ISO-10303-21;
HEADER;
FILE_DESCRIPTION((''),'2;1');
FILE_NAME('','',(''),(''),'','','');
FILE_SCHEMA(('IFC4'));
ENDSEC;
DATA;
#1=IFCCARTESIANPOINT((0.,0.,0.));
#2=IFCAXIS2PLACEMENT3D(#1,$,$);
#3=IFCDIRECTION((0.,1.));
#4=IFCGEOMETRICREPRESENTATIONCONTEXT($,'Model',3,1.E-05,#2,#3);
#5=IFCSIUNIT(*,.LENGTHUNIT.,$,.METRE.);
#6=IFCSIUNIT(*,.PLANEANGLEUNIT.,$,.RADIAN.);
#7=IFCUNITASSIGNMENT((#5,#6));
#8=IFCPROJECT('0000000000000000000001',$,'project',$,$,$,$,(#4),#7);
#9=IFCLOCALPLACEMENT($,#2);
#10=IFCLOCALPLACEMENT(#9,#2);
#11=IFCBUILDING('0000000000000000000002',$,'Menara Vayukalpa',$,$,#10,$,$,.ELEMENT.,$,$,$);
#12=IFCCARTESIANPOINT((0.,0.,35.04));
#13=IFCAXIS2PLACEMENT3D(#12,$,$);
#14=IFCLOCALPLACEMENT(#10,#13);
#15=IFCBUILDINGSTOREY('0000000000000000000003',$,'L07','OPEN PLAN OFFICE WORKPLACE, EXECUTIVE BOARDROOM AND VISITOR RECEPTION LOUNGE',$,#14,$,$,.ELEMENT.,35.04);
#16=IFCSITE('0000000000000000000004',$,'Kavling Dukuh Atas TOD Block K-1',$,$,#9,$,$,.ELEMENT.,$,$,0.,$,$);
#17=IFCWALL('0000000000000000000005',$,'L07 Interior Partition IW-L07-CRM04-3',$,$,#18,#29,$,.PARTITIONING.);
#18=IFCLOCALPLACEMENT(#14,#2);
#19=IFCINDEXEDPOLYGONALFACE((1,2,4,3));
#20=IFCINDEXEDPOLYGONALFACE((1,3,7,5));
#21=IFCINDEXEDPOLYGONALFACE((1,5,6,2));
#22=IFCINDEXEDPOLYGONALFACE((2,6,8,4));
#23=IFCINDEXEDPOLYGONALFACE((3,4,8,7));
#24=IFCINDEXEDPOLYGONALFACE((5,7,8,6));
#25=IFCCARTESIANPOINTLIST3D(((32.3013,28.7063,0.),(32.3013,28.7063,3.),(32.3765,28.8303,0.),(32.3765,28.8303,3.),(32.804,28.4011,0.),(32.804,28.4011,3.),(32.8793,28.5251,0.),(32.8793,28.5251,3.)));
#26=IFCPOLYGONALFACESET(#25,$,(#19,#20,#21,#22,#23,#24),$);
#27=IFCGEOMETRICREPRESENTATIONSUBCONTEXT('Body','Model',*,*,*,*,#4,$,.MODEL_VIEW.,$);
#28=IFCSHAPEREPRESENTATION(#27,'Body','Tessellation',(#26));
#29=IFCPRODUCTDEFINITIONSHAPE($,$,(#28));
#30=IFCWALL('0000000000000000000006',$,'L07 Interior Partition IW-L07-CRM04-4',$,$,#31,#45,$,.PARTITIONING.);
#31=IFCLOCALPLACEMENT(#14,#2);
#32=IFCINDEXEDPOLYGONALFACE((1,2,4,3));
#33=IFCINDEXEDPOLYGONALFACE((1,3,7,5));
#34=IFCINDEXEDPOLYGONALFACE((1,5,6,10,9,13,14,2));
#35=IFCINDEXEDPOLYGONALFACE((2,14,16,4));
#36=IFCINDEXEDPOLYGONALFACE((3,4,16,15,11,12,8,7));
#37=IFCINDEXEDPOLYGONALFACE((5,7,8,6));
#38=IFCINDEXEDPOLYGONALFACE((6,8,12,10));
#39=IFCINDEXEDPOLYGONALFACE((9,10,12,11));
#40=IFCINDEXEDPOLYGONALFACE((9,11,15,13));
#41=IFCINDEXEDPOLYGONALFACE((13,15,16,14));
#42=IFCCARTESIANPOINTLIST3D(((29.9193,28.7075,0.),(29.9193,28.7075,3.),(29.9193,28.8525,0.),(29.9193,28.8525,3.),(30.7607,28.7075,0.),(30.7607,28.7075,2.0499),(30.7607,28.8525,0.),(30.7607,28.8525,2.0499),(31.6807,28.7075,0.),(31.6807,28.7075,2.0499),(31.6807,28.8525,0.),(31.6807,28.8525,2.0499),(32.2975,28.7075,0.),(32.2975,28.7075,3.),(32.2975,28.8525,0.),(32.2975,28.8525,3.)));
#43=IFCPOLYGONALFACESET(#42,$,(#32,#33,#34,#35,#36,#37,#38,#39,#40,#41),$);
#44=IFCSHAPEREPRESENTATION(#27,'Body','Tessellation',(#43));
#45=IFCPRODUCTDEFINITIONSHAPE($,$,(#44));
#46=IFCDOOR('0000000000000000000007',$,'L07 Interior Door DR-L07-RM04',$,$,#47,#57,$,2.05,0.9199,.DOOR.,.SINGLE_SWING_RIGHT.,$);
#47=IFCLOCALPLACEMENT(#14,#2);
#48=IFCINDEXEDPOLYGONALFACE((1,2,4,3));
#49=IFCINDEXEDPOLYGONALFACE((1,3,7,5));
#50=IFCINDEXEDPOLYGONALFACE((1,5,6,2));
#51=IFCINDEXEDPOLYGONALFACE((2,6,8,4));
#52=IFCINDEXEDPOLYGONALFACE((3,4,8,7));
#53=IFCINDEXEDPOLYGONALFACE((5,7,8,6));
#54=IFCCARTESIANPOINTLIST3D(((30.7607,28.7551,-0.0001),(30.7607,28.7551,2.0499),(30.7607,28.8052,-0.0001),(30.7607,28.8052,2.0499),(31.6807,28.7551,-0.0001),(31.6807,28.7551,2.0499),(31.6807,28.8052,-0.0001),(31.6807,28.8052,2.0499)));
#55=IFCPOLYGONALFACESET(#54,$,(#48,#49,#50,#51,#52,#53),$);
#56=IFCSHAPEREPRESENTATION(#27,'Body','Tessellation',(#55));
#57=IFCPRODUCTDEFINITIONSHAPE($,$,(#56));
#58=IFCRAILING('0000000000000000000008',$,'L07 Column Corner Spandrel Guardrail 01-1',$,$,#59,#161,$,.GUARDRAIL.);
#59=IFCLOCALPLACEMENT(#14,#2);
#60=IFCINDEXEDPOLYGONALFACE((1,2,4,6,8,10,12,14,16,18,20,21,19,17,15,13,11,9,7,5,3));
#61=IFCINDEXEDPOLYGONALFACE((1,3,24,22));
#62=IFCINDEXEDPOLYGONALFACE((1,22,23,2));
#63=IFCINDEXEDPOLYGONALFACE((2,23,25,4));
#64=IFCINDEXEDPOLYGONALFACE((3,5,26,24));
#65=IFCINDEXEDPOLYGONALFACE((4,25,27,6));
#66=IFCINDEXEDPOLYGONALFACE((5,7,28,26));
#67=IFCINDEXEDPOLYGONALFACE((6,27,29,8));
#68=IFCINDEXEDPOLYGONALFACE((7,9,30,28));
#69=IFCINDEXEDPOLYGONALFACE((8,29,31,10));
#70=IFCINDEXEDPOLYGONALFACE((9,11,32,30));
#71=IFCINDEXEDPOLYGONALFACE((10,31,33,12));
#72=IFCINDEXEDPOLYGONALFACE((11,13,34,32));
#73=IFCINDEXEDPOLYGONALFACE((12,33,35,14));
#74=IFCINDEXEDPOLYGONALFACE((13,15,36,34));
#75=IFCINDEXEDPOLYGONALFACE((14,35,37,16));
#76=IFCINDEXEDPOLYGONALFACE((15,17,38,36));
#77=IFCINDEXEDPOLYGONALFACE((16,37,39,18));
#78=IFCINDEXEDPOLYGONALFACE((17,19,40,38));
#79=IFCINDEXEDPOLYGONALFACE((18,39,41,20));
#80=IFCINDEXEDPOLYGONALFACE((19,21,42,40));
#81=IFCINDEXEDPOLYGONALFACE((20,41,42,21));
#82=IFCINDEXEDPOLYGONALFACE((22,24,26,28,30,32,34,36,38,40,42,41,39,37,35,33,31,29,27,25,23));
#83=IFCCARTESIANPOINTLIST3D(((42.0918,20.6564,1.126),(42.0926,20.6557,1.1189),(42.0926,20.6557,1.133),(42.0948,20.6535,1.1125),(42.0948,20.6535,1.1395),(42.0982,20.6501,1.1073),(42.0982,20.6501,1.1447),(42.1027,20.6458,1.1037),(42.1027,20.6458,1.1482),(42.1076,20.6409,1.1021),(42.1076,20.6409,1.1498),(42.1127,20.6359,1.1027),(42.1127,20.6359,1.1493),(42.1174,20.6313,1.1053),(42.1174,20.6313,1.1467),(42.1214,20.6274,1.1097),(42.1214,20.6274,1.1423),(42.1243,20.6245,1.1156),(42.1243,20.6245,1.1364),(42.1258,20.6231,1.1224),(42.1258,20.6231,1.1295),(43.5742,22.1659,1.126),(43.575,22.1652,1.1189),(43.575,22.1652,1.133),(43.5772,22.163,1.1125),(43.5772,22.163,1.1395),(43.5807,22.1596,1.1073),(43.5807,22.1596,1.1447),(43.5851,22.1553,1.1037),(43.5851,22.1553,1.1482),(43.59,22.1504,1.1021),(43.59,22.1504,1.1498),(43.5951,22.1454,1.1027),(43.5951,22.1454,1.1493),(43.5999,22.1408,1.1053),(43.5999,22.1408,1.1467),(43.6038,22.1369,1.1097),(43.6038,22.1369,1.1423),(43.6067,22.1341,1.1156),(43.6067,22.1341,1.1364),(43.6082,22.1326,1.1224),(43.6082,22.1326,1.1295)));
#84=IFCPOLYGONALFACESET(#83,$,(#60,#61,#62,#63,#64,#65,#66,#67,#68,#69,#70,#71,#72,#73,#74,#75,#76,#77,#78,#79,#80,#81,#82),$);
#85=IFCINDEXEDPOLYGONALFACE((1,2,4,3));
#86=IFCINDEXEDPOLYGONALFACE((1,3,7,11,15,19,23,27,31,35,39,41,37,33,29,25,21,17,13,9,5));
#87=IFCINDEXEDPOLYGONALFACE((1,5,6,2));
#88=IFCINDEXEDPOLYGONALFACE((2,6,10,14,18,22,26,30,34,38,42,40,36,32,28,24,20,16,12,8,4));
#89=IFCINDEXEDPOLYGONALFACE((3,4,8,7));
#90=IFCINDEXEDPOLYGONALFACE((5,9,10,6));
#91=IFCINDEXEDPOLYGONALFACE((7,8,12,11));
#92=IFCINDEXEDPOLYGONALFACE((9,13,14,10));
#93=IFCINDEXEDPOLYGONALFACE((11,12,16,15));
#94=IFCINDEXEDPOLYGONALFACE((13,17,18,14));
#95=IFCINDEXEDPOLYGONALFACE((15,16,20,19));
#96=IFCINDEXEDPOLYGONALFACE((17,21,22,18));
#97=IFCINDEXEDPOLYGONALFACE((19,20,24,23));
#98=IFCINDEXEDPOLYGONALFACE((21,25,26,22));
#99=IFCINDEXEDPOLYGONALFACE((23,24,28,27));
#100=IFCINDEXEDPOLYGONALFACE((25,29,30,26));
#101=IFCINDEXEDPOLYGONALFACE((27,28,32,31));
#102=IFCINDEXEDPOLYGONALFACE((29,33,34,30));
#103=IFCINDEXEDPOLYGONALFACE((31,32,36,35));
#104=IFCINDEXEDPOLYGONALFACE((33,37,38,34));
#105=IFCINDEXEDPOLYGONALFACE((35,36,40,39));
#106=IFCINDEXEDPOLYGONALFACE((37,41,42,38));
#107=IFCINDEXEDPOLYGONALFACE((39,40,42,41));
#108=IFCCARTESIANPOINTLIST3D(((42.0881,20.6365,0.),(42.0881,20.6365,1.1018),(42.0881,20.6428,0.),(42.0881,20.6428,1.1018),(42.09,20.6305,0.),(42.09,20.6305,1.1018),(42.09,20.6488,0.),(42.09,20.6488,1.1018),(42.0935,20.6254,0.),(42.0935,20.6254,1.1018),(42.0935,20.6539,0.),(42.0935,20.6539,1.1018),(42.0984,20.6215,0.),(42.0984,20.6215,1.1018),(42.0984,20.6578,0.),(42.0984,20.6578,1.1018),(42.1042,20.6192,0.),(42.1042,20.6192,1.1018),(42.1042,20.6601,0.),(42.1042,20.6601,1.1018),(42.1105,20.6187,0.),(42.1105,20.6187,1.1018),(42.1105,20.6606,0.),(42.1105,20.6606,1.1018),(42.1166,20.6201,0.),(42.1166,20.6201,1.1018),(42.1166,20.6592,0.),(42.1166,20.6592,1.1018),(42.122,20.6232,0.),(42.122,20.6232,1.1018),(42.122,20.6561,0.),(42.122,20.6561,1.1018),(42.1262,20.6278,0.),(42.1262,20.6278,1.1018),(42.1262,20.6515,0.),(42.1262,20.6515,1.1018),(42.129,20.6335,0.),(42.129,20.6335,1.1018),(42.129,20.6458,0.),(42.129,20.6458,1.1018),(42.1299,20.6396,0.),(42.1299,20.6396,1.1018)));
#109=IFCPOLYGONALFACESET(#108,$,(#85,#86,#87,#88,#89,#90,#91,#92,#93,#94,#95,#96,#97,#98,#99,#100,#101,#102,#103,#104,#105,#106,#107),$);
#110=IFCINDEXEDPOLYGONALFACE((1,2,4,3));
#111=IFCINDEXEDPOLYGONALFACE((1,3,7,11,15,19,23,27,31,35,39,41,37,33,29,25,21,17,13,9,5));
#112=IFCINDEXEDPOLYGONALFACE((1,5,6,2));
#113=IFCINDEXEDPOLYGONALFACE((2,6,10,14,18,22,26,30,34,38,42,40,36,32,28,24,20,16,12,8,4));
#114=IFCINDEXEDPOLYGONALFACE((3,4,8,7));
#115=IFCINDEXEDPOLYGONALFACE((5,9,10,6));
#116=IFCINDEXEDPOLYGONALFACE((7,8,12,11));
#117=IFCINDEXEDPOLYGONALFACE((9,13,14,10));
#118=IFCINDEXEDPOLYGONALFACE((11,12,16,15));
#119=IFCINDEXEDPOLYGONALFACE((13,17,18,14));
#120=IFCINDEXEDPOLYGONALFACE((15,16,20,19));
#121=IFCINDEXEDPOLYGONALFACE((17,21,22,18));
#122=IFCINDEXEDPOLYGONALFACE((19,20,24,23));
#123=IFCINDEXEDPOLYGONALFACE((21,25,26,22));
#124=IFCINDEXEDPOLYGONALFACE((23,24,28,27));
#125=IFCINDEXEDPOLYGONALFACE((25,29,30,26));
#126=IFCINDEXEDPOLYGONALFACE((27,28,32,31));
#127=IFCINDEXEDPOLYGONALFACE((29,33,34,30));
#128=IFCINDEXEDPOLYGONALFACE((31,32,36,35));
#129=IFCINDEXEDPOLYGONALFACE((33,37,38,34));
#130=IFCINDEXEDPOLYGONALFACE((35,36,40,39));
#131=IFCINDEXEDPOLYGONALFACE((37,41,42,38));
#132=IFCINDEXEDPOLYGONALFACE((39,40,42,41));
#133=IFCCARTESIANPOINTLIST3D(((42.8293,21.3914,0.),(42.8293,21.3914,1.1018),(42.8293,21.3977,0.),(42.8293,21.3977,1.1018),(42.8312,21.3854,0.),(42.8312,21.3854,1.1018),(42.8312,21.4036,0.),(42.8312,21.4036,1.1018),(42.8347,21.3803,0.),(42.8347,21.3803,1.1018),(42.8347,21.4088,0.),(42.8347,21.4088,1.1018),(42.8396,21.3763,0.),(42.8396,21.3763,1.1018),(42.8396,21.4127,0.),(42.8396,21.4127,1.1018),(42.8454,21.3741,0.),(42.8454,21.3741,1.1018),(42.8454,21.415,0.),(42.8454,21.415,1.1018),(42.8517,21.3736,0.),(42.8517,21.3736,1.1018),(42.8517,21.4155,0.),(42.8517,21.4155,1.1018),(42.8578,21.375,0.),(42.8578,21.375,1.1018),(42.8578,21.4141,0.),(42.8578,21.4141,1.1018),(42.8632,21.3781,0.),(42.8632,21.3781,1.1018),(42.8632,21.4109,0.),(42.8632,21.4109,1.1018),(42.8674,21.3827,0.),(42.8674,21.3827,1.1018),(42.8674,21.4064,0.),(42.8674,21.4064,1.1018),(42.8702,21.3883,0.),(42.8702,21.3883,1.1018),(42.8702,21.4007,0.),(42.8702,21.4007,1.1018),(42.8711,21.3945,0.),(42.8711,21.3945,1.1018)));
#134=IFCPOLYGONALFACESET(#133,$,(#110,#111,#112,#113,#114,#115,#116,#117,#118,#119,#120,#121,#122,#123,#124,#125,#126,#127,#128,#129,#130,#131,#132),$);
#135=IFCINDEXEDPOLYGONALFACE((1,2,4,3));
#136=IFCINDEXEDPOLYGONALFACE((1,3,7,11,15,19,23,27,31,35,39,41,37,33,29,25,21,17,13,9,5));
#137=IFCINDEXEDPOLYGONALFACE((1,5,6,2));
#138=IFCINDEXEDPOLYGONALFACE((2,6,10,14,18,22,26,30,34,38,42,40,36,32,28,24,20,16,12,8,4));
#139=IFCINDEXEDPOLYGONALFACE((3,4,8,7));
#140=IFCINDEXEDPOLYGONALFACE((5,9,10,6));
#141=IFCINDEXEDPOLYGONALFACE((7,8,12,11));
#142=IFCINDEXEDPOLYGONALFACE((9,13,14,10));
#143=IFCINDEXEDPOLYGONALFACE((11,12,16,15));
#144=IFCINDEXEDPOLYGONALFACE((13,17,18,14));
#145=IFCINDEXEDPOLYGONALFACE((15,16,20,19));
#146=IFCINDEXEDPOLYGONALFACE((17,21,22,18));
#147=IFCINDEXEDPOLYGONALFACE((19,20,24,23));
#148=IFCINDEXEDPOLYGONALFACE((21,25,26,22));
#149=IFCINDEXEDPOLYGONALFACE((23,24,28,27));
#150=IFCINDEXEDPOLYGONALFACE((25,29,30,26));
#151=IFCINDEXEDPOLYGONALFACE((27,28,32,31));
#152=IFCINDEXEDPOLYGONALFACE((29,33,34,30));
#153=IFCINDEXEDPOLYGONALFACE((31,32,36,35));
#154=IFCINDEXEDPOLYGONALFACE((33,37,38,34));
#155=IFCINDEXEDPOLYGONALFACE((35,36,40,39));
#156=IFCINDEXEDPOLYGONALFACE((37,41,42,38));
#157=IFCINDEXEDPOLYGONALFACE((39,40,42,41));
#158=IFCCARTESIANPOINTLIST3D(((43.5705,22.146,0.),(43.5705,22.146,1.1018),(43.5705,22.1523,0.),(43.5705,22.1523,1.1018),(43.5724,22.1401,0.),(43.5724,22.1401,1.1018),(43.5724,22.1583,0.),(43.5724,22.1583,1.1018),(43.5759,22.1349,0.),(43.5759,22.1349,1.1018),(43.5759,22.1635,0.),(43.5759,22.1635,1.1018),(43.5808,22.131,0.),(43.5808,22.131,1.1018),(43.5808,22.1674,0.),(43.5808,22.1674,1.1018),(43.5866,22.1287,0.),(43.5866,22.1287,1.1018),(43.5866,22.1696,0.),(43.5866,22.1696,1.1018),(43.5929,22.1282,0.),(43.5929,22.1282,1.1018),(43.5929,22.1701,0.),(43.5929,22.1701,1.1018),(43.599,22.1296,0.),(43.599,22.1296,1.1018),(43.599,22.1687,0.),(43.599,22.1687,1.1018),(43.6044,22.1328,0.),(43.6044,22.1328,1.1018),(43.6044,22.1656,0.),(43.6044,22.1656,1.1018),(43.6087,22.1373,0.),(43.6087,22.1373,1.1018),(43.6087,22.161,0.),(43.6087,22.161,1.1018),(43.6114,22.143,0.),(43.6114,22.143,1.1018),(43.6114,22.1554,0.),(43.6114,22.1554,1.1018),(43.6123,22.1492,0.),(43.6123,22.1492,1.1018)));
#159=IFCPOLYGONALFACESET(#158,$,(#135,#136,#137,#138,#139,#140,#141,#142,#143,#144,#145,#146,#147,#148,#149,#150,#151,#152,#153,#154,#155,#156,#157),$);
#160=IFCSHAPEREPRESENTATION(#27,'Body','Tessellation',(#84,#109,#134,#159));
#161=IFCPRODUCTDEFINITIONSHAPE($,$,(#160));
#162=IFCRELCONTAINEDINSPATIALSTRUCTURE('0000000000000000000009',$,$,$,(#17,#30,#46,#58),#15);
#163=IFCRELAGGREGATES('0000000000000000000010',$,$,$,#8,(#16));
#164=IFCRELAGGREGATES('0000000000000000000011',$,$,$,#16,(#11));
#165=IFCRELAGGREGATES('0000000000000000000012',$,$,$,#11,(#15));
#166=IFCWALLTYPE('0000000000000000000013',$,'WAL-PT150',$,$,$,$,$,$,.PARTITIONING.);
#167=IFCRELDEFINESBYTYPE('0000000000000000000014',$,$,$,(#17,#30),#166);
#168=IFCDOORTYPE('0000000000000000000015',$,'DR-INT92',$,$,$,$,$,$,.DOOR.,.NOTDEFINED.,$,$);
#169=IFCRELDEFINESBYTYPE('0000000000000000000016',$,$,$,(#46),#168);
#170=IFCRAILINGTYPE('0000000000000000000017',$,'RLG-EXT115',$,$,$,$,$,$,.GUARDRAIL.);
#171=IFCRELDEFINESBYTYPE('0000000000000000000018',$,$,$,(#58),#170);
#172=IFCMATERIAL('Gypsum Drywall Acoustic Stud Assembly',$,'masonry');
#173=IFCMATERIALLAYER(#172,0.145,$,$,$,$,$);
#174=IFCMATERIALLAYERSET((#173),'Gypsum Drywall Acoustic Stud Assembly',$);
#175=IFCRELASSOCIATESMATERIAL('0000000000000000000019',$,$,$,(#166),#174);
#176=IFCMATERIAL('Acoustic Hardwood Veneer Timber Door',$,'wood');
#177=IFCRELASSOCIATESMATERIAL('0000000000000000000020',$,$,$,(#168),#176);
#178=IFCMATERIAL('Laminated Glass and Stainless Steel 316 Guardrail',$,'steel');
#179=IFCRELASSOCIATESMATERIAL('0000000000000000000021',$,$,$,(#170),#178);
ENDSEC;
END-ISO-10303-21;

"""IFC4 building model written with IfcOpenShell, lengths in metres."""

from ifc_helpers import new_model, si_unit, direction, frame, frame_2d, origin, origin_2d, place, context, subcontext, project, spatial, rectangle, circle, extrude, material, layer, layer_set, type_object, element, fill, save


model = new_model("IFC4")

# Units and contexts
model_context = context("Model", 3, precision=1e-05, world=origin(), true_north=direction((0.0, 1.0)))
body_context = subcontext(model_context, "Body", "Model", "MODEL_VIEW")
ifc_project = project(units=[si_unit("LENGTHUNIT", "METRE"), si_unit("PLANEANGLEUNIT", "RADIAN")], contexts=[model_context])

# Site, building, storey
site_placement = place(None, origin())
site = spatial("IfcSite", under=ifc_project, at=site_placement, Name="Kavling Dukuh Atas TOD Block K-1", CompositionType="ELEMENT", RefElevation=0.0)
building_placement = place(site_placement, origin())
building = spatial("IfcBuilding", under=site, at=building_placement, Name="Menara Vayukalpa", CompositionType="ELEMENT")
storey_placement = place(building_placement, frame((0.0, 0.0, 35.04)))
storey = spatial("IfcBuildingStorey", under=building, at=storey_placement, Name="L07", Description="OPEN PLAN OFFICE WORKPLACE, EXECUTIVE BOARDROOM AND VISITOR RECEPTION LOUNGE", CompositionType="ELEMENT", Elevation=35.04)

# Wall
ifc_material_1 = material(Name="Gypsum Drywall Acoustic Stud Assembly", Category="masonry")
ifc_layer_1 = layer(ifc_material_1, 0.145)
ifc_layer_set_1 = layer_set([ifc_layer_1], Name="Gypsum Drywall Acoustic Stud Assembly")
wall_type_1 = type_object("IfcWallType", Name="WAL-PT150", PredefinedType="PARTITIONING", material=ifc_layer_set_1)
wall_1_placement = place(storey_placement, frame((32.8416, 28.4631, 0.0), z_axis=(0.0, 0.0, 1.0), x_axis=(-0.854807, 0.518946, 0.0)))
element("IfcWall", 1, at=wall_1_placement, inside=storey, type_object=wall_type_1, Name="L07 Interior Partition IW-L07-CRM04-3", PredefinedType="PARTITIONING", context=body_context, shape_type="SweptSolid", body=[
    extrude(rectangle(XDim=0.5881, YDim=0.145, at=frame_2d((0.2939, 0.0))), origin(), (0.0, 0.0, 1.0), 3.0),
])

# Wall, opening, door
wall_2_placement = place(storey_placement, frame((32.2974, 28.78, 0.0), z_axis=(0.0, 0.0, 1.0), x_axis=(-1.0, 0.0, 0.0)))
wall_2 = element("IfcWall", 2, at=wall_2_placement, inside=storey, type_object=wall_type_1, Name="L07 Interior Partition IW-L07-CRM04-4", PredefinedType="PARTITIONING", context=body_context, shape_type="SweptSolid", body=[
    extrude(rectangle(XDim=2.3782, YDim=0.145, at=frame_2d((1.189, 0.0))), origin(), (0.0, 0.0, 1.0), 3.0),
])
opening_placement = place(wall_2_placement, frame((0.6167, 0.0, 0.0)))
opening = element("IfcOpeningElement", 3, at=opening_placement, cuts=wall_2, PredefinedType="OPENING", context=body_context, shape_type="SweptSolid", body=[
    extrude(rectangle(XDim=0.9199, YDim=2.05, at=frame_2d((0.46, 1.0249))), frame((0.0, 0.0825, 0.0), z_axis=(0.0, -1.0, 0.0), x_axis=(1.0, 0.0, 0.0)), (0.0, 0.0, 1.0), 0.165),
])
ifc_material_2 = material(Name="Acoustic Hardwood Veneer Timber Door", Category="wood")
door_type = type_object("IfcDoorType", Name="DR-INT92", OperationType="NOTDEFINED", PredefinedType="DOOR", material=ifc_material_2)
door_placement = place(opening_placement, origin())
door = element("IfcDoor", 4, at=door_placement, inside=storey, type_object=door_type, Name="L07 Interior Door DR-L07-RM04", OperationType="SINGLE_SWING_RIGHT", OverallHeight=2.05, OverallWidth=0.9199, PredefinedType="DOOR", context=body_context, shape_type="SweptSolid", body=[
    extrude(rectangle(XDim=0.9199, YDim=2.05, at=frame_2d((0.46, 1.0249))), frame((0.0, 0.0249, 0.0), z_axis=(0.0, -1.0, 0.0), x_axis=(1.0, 0.0, 0.0)), (0.0, 0.0, 1.0), 0.05),
])
fill(opening, door)

# Railing
ifc_material_3 = material(Name="Laminated Glass and Stainless Steel 316 Guardrail", Category="steel")
railing_type_1 = type_object("IfcRailingType", Name="RLG-EXT115", PredefinedType="GUARDRAIL", material=ifc_material_3)
railing_1_placement = place(storey_placement, frame((42.1089, 20.6396, 0.0)))
element("IfcRailing", 5, at=railing_1_placement, inside=storey, type_object=railing_type_1, Name="L07 Column Corner Spandrel Guardrail 01-1", PredefinedType="GUARDRAIL", context=body_context, shape_type="SweptSolid", body=[
    extrude(circle(Radius=0.0239, at=origin_2d()), frame((0.0, 0.0, 1.126), z_axis=(0.700673, 0.713482, 0.0), x_axis=(-0.713482, 0.700673, 0.0)), (0.0, 0.0, 1.0), 2.1157),
    extrude(circle(Radius=0.021, at=origin_2d()), origin(), (0.0, 0.0, 1.0), 1.1018),
    extrude(circle(Radius=0.021, at=origin_2d()), frame((0.7412, 0.7549, 0.0)), (0.0, 0.0, 1.0), 1.1018),
    extrude(circle(Radius=0.021, at=origin_2d()), frame((1.4824, 1.5095, 0.0)), (0.0, 0.0, 1.0), 1.1018),
])

save(model, "model.ifc")
